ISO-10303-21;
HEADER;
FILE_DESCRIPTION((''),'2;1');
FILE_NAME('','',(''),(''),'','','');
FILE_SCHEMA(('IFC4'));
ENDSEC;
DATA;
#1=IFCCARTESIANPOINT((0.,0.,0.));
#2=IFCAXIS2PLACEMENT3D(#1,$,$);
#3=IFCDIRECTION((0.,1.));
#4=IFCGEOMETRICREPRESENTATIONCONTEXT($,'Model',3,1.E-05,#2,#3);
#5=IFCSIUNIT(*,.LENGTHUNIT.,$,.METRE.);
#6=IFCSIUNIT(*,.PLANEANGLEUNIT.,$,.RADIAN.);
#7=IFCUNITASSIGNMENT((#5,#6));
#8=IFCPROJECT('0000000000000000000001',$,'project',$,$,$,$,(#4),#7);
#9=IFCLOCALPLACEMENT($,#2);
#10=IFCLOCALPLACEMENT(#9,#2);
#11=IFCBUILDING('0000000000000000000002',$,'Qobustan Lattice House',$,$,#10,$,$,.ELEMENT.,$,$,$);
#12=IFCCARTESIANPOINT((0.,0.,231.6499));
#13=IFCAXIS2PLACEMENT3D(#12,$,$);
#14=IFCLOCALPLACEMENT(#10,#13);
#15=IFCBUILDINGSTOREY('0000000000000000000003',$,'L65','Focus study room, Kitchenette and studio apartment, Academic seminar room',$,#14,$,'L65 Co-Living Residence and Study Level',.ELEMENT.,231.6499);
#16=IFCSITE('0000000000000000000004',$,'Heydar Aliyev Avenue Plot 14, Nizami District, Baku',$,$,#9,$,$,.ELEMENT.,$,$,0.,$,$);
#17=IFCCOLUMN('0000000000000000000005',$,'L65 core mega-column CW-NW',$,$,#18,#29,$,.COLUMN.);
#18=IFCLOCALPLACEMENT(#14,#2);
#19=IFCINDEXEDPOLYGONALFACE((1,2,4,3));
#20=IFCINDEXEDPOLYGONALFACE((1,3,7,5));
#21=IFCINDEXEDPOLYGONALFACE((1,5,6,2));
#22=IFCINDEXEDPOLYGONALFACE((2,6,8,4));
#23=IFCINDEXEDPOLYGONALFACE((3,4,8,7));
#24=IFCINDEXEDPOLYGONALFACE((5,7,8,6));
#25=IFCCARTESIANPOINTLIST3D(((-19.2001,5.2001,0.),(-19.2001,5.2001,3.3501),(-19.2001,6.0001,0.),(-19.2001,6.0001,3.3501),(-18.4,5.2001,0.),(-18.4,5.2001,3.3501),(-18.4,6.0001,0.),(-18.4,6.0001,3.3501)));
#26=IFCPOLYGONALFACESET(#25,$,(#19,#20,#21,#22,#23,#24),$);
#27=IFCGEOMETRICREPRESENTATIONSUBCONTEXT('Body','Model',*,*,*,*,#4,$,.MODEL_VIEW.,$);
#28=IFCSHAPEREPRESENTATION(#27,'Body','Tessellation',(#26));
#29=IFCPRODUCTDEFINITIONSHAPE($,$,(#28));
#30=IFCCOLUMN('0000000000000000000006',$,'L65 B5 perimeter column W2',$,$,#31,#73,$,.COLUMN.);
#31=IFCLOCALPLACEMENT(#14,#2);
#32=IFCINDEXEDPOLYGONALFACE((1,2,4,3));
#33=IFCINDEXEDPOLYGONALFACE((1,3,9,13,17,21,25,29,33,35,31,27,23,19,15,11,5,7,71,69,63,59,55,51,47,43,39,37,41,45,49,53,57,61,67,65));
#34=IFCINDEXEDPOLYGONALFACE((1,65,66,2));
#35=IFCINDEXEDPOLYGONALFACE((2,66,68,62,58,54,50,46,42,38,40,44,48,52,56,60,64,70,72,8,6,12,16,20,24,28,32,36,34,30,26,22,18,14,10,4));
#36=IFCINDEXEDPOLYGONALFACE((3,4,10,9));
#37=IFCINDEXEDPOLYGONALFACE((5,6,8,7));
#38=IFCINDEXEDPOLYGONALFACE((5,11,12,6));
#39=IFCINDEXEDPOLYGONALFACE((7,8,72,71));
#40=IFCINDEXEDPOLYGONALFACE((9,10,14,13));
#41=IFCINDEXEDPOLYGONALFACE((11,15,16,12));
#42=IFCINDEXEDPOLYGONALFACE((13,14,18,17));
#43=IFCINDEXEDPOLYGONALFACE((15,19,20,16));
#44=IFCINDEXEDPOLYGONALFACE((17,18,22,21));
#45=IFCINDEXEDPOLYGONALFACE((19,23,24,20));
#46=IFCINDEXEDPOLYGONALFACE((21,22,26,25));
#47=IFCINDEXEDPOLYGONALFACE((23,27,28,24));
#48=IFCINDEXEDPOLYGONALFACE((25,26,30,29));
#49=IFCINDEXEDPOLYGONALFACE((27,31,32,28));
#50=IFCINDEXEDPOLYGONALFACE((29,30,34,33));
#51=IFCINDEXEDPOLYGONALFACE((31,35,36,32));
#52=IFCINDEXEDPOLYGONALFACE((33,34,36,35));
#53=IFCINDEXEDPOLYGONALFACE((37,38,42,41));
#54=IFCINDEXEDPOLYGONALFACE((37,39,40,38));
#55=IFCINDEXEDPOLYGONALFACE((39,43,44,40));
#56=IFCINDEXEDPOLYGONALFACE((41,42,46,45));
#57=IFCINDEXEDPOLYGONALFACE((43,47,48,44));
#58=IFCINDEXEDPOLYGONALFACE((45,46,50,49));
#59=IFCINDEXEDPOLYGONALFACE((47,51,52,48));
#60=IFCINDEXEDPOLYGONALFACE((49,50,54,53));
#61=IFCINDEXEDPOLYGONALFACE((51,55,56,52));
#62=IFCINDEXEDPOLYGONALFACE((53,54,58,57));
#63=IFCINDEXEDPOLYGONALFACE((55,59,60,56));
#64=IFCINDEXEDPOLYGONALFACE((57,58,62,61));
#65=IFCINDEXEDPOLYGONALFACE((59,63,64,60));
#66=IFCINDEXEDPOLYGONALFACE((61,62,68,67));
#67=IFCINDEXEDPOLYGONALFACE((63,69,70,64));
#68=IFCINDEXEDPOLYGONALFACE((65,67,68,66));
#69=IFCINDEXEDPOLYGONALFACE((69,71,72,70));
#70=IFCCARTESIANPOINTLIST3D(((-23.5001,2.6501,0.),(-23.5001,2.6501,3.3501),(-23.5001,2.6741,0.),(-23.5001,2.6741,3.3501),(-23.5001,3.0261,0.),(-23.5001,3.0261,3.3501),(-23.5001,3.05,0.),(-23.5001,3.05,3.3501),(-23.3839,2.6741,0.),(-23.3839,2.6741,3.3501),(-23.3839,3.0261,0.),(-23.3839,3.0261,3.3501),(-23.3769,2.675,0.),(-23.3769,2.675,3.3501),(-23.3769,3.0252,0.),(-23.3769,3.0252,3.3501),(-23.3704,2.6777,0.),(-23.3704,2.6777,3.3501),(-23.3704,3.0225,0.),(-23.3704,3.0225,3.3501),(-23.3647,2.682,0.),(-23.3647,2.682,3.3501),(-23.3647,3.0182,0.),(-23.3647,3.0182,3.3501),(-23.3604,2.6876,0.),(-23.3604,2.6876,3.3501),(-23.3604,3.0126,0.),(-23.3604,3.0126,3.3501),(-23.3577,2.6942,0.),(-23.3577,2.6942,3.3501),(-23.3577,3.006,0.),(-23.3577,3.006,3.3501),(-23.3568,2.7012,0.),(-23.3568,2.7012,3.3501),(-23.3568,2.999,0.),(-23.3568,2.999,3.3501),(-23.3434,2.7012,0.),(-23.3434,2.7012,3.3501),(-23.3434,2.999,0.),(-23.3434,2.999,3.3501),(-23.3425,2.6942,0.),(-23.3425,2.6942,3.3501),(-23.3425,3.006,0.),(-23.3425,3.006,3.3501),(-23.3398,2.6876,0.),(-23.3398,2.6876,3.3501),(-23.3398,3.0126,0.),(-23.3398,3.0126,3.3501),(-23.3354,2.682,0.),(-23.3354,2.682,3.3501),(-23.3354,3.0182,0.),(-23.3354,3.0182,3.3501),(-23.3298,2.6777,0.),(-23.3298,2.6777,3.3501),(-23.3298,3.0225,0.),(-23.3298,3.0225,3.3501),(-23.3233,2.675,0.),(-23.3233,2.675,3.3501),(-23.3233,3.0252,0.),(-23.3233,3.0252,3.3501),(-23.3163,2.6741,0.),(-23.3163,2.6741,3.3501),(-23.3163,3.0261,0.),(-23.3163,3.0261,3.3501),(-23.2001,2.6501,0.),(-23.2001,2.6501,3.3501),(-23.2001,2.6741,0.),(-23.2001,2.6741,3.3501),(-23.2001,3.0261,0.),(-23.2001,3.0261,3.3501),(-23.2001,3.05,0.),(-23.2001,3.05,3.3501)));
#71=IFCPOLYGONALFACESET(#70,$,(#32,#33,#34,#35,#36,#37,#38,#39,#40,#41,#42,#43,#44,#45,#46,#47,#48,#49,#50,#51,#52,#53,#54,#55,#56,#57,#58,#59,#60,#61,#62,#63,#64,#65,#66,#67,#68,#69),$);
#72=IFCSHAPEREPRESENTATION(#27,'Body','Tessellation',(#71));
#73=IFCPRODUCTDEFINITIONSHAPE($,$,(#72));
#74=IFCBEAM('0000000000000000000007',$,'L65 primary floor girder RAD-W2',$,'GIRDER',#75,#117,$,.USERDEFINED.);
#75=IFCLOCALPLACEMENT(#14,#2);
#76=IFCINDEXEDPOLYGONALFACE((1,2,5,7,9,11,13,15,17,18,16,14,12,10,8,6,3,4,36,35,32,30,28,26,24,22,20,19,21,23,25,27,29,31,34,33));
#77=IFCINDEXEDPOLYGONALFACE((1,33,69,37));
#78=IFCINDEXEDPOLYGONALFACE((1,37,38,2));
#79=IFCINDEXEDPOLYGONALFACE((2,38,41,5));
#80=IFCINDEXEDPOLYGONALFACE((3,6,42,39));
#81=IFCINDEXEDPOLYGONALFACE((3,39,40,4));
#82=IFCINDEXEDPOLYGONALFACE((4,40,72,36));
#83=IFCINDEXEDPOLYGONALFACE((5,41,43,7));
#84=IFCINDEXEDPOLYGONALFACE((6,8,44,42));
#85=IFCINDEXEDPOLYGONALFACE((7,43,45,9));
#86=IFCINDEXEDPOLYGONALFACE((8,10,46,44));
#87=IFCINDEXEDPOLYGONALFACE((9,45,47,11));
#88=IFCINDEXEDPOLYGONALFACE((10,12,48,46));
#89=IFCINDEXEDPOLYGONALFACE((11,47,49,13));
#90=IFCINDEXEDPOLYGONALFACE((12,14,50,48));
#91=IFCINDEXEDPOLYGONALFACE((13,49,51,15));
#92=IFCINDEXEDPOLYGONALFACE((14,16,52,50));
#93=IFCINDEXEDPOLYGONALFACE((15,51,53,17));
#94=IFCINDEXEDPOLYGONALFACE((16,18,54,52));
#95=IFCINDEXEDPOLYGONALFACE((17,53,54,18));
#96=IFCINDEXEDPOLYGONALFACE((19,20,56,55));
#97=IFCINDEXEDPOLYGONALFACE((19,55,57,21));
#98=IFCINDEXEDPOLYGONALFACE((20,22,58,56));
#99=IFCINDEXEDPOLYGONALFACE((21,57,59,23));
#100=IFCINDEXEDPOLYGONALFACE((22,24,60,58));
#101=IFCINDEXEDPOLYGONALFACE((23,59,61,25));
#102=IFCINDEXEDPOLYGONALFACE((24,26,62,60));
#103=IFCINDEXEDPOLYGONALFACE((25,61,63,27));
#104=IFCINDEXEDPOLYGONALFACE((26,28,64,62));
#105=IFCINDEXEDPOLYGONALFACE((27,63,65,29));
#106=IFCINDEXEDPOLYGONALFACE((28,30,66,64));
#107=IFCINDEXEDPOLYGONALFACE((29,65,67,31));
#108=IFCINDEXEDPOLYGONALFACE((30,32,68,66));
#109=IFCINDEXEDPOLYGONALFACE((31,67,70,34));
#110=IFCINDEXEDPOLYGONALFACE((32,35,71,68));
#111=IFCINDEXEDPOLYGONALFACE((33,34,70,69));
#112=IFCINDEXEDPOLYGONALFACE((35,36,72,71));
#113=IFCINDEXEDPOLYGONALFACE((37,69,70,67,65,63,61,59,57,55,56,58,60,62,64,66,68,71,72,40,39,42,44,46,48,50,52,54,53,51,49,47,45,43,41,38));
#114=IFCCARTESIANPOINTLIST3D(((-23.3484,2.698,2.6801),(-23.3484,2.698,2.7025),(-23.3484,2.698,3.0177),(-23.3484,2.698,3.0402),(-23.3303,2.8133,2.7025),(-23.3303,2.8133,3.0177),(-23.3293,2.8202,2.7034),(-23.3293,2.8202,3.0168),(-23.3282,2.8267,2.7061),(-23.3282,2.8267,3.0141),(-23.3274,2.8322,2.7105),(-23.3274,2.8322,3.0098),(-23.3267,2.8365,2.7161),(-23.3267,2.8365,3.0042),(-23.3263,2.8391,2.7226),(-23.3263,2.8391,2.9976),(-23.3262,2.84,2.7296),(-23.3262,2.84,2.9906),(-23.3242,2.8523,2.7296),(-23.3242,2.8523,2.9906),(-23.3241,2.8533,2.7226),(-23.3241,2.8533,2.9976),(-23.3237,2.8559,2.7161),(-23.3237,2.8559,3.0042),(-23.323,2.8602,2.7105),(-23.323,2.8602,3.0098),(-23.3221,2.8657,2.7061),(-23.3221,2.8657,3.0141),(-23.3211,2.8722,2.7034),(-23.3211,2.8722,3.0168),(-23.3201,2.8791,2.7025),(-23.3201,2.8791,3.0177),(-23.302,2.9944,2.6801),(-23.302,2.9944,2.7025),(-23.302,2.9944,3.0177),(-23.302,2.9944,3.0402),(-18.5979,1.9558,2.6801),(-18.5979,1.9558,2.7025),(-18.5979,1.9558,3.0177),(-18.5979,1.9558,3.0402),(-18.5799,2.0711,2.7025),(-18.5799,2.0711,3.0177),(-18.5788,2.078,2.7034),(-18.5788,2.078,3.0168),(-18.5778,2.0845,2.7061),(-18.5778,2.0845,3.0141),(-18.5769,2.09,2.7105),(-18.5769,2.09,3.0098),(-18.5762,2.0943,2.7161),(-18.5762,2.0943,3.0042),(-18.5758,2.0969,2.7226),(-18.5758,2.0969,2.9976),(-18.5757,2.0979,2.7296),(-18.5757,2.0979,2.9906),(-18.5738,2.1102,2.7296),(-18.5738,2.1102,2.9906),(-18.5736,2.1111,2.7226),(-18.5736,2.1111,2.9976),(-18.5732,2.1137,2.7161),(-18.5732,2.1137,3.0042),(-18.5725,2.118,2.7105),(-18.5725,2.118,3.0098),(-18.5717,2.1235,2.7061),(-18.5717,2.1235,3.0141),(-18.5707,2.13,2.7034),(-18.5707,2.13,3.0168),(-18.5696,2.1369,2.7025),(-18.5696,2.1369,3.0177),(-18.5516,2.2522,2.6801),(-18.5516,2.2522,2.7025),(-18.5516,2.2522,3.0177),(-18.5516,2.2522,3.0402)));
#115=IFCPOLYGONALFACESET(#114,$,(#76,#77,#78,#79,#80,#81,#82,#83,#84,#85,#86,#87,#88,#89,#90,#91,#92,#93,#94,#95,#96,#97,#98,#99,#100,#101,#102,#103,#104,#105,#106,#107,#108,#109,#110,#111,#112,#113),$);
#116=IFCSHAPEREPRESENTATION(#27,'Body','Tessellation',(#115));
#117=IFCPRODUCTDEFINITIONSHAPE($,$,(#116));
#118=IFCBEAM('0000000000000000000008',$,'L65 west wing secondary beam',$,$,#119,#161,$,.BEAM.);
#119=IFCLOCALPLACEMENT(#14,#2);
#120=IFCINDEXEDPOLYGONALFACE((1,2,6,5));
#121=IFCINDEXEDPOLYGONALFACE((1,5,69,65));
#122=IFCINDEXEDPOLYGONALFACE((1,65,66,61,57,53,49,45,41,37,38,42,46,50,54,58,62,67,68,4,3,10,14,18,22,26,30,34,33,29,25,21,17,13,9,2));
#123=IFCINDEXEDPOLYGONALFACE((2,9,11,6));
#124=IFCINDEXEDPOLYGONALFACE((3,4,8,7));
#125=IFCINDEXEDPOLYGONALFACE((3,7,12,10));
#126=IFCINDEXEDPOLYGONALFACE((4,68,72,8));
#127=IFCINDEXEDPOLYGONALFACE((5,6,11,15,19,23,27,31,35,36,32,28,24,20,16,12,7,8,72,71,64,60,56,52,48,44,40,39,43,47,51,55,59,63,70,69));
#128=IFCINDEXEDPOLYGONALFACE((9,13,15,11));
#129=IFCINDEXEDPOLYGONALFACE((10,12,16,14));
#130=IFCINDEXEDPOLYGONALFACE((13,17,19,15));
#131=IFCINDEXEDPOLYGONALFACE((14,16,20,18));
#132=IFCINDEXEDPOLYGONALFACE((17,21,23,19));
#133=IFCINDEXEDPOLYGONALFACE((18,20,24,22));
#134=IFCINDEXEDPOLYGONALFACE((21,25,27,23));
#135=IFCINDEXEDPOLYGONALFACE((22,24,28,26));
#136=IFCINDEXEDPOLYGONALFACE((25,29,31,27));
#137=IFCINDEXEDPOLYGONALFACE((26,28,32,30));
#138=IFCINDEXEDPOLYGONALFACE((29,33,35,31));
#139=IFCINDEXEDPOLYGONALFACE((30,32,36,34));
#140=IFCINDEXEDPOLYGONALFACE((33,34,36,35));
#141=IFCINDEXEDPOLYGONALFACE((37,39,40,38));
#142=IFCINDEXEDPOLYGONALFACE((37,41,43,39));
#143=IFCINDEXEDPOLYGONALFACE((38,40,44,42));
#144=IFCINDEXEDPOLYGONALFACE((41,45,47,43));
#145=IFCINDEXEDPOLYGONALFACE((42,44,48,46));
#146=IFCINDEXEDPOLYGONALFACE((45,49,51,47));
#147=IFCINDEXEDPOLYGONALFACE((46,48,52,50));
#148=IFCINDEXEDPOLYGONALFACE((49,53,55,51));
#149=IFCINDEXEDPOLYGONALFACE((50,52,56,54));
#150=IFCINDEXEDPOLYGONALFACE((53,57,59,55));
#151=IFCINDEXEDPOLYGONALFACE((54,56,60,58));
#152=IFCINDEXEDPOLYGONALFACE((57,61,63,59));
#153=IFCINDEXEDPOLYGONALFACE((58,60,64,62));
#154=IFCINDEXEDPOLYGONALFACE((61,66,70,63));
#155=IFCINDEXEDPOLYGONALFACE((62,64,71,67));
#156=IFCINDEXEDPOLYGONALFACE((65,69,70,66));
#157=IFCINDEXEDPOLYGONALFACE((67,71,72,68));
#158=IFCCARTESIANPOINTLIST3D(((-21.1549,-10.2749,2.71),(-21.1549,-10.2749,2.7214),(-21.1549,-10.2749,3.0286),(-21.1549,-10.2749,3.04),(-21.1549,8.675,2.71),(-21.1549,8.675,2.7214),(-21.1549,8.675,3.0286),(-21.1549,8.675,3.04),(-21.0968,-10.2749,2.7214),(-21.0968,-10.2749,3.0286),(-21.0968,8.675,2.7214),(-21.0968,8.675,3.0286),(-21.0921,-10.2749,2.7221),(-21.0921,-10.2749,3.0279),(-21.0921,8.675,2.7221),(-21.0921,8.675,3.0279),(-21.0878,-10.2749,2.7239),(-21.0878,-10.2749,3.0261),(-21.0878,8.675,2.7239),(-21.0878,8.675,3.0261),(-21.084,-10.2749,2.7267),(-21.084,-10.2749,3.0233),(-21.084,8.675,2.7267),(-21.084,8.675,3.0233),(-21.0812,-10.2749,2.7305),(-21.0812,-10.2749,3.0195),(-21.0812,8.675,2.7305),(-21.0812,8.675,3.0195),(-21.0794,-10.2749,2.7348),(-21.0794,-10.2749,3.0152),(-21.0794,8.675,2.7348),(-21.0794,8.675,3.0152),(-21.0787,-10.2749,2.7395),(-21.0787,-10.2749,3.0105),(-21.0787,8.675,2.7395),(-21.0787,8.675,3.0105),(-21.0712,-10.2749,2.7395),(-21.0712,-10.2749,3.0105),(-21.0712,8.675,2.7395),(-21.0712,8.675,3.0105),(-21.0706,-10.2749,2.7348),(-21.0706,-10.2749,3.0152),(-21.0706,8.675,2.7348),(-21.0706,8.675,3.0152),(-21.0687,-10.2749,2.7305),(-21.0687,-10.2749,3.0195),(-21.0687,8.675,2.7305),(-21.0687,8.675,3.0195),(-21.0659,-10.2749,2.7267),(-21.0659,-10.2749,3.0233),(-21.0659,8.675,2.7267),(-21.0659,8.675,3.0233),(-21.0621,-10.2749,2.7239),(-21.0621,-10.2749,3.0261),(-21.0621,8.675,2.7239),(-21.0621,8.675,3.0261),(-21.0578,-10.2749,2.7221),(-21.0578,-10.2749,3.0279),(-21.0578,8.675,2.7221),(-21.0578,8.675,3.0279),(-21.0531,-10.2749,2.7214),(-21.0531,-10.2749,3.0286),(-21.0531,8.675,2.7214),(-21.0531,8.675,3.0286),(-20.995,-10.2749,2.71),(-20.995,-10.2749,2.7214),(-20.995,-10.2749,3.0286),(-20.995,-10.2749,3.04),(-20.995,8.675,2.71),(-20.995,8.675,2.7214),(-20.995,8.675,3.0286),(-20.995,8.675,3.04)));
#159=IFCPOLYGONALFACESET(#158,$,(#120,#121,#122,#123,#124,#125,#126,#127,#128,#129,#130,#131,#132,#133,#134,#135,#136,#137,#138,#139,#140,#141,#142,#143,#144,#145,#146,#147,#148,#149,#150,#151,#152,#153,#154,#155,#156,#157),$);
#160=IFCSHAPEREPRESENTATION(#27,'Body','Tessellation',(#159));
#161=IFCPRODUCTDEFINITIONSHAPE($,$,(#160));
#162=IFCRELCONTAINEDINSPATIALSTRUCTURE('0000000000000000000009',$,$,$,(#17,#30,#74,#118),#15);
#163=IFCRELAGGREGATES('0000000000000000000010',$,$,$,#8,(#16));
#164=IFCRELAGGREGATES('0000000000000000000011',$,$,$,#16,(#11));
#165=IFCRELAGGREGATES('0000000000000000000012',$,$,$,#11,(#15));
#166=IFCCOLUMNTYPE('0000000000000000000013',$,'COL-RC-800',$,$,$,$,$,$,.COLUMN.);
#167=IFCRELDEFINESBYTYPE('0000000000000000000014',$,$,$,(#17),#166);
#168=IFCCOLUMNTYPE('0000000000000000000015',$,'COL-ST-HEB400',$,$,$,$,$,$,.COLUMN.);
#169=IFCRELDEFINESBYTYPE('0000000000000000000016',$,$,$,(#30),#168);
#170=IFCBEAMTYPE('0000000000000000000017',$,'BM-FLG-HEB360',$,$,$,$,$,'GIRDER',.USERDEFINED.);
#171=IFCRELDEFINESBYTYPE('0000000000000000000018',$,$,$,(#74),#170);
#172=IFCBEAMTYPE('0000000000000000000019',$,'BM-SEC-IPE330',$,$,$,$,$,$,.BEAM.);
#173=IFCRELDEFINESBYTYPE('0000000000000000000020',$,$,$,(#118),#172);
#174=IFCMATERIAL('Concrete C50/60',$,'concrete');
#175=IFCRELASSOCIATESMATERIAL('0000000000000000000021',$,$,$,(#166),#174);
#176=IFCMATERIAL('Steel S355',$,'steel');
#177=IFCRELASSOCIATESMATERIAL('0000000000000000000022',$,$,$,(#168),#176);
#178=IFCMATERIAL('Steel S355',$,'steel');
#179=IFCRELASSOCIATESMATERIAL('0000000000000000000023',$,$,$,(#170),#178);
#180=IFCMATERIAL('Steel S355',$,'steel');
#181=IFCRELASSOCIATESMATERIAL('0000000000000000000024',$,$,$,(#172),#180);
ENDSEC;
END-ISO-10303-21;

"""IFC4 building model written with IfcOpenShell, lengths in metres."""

from ifc_helpers import new_model, si_unit, direction, frame, origin, origin_2d, place, context, subcontext, project, spatial, rectangle, i_section, extrude, material, material_profile, profile_set, type_object, element, save


model = new_model("IFC4")

# Units and contexts
model_context = context("Model", 3, precision=1e-05, world=origin(), true_north=direction((0.0, 1.0)))
body_context = subcontext(model_context, "Body", "Model", "MODEL_VIEW")
ifc_project = project(units=[si_unit("LENGTHUNIT", "METRE"), si_unit("PLANEANGLEUNIT", "RADIAN")], contexts=[model_context])

# Site, building, storey
site_placement = place(None, origin())
site = spatial("IfcSite", under=ifc_project, at=site_placement, Name="Heydar Aliyev Avenue Plot 14, Nizami District, Baku", CompositionType="ELEMENT", RefElevation=0.0)
building_placement = place(site_placement, origin())
building = spatial("IfcBuilding", under=site, at=building_placement, Name="Qobustan Lattice House", CompositionType="ELEMENT")
storey_placement = place(building_placement, frame((0.0, 0.0, 231.6499)))
storey = spatial("IfcBuildingStorey", under=building, at=storey_placement, Name="L65", Description="Focus study room, Kitchenette and studio apartment, Academic seminar room", LongName="L65 Co-Living Residence and Study Level", CompositionType="ELEMENT", Elevation=231.6499)

# Columns
ifc_material_1 = material(Name="Concrete C50/60", Category="concrete")
ifc_material_profile_1 = material_profile(ifc_material_1, rectangle(XDim=0.8, YDim=0.8, at=origin_2d()), Name="RC800x800")
ifc_profile_set_1 = profile_set([ifc_material_profile_1], Name="Concrete C50/60")
column_type_1 = type_object("IfcColumnType", Name="COL-RC-800", PredefinedType="COLUMN", material=ifc_profile_set_1)
column_1_placement = place(storey_placement, frame((-18.8, 5.6001, 0.0), z_axis=(0.0, 0.0, 1.0), x_axis=(1.0, 0.0, 0.0)))
element("IfcColumn", 1, at=column_1_placement, inside=storey, type_object=column_type_1, Name="L65 core mega-column CW-NW", PredefinedType="COLUMN", context=body_context, shape_type="SweptSolid", body=[
    extrude(rectangle(XDim=0.8, YDim=0.8, at=origin_2d()), origin(), (0.0, 0.0, 1.0), 3.3501),
])
ifc_material_2 = material(Name="Steel S355", Category="steel")
ifc_material_profile_2 = material_profile(ifc_material_2, i_section(OverallWidth=0.3, OverallDepth=0.3999, WebThickness=0.0134, FlangeThickness=0.0239, FilletRadius=0.0271, at=origin_2d()), Name="HEB400")
ifc_profile_set_2 = profile_set([ifc_material_profile_2], Name="Steel S355")
column_type_2 = type_object("IfcColumnType", Name="COL-ST-HEB400", PredefinedType="COLUMN", material=ifc_profile_set_2)
column_2_placement = place(storey_placement, frame((-23.3501, 2.8501, 0.0), z_axis=(0.0, 0.0, 1.0), x_axis=(1.0, 0.0, 0.0)))
element("IfcColumn", 2, at=column_2_placement, inside=storey, type_object=column_type_2, Name="L65 B5 perimeter column W2", PredefinedType="COLUMN", context=body_context, shape_type="SweptSolid", body=[
    extrude(i_section(OverallWidth=0.3, OverallDepth=0.3999, WebThickness=0.0134, FlangeThickness=0.0239, FilletRadius=0.0271, at=origin_2d()), origin(), (0.0, 0.0, 1.0), 3.3501),
])

# Beams
ifc_material_3 = material(Name="Steel S355", Category="steel")
ifc_material_profile_3 = material_profile(ifc_material_3, i_section(OverallWidth=0.3, OverallDepth=0.3601, WebThickness=0.0125, FlangeThickness=0.0225, FilletRadius=0.0271, at=origin_2d()), Name="HEB360")
ifc_profile_set_3 = profile_set([ifc_material_profile_3], Name="Steel S355")
beam_type_1 = type_object("IfcBeamType", Name="BM-FLG-HEB360", ElementType="GIRDER", PredefinedType="USERDEFINED", material=ifc_profile_set_3)
beam_1_placement = place(storey_placement, frame((-23.3252, 2.8462, 2.8601), z_axis=(0.988014, -0.154361, 0.0), x_axis=(0.154361, 0.988014, 0.0)))
element("IfcBeam", 3, at=beam_1_placement, inside=storey, type_object=beam_type_1, Name="L65 primary floor girder RAD-W2", ObjectType="GIRDER", PredefinedType="USERDEFINED", context=body_context, shape_type="SweptSolid", body=[
    extrude(i_section(OverallWidth=0.3, OverallDepth=0.3601, WebThickness=0.0125, FlangeThickness=0.0225, FilletRadius=0.0271, at=origin_2d()), origin(), (0.0, 0.0, 1.0), 4.8081),
])
ifc_material_4 = material(Name="Steel S355", Category="steel")
ifc_material_profile_4 = material_profile(ifc_material_4, i_section(OverallWidth=0.1599, OverallDepth=0.3301, WebThickness=0.0076, FlangeThickness=0.0115, FilletRadius=0.0181, at=origin_2d()), Name="IPE330")
ifc_profile_set_4 = profile_set([ifc_material_profile_4], Name="Steel S355")
beam_type_2 = type_object("IfcBeamType", Name="BM-SEC-IPE330", PredefinedType="BEAM", material=ifc_profile_set_4)
beam_2_placement = place(storey_placement, frame((-21.075, 8.675, 2.875), z_axis=(0.0, -1.0, 0.0), x_axis=(1.0, 0.0, 0.0)))
element("IfcBeam", 4, at=beam_2_placement, inside=storey, type_object=beam_type_2, Name="L65 west wing secondary beam", PredefinedType="BEAM", context=body_context, shape_type="SweptSolid", body=[
    extrude(i_section(OverallWidth=0.1599, OverallDepth=0.3301, WebThickness=0.0076, FlangeThickness=0.0115, FilletRadius=0.0181, at=origin_2d()), origin(), (0.0, 0.0, 1.0), 18.95),
])

save(model, "model.ifc")
